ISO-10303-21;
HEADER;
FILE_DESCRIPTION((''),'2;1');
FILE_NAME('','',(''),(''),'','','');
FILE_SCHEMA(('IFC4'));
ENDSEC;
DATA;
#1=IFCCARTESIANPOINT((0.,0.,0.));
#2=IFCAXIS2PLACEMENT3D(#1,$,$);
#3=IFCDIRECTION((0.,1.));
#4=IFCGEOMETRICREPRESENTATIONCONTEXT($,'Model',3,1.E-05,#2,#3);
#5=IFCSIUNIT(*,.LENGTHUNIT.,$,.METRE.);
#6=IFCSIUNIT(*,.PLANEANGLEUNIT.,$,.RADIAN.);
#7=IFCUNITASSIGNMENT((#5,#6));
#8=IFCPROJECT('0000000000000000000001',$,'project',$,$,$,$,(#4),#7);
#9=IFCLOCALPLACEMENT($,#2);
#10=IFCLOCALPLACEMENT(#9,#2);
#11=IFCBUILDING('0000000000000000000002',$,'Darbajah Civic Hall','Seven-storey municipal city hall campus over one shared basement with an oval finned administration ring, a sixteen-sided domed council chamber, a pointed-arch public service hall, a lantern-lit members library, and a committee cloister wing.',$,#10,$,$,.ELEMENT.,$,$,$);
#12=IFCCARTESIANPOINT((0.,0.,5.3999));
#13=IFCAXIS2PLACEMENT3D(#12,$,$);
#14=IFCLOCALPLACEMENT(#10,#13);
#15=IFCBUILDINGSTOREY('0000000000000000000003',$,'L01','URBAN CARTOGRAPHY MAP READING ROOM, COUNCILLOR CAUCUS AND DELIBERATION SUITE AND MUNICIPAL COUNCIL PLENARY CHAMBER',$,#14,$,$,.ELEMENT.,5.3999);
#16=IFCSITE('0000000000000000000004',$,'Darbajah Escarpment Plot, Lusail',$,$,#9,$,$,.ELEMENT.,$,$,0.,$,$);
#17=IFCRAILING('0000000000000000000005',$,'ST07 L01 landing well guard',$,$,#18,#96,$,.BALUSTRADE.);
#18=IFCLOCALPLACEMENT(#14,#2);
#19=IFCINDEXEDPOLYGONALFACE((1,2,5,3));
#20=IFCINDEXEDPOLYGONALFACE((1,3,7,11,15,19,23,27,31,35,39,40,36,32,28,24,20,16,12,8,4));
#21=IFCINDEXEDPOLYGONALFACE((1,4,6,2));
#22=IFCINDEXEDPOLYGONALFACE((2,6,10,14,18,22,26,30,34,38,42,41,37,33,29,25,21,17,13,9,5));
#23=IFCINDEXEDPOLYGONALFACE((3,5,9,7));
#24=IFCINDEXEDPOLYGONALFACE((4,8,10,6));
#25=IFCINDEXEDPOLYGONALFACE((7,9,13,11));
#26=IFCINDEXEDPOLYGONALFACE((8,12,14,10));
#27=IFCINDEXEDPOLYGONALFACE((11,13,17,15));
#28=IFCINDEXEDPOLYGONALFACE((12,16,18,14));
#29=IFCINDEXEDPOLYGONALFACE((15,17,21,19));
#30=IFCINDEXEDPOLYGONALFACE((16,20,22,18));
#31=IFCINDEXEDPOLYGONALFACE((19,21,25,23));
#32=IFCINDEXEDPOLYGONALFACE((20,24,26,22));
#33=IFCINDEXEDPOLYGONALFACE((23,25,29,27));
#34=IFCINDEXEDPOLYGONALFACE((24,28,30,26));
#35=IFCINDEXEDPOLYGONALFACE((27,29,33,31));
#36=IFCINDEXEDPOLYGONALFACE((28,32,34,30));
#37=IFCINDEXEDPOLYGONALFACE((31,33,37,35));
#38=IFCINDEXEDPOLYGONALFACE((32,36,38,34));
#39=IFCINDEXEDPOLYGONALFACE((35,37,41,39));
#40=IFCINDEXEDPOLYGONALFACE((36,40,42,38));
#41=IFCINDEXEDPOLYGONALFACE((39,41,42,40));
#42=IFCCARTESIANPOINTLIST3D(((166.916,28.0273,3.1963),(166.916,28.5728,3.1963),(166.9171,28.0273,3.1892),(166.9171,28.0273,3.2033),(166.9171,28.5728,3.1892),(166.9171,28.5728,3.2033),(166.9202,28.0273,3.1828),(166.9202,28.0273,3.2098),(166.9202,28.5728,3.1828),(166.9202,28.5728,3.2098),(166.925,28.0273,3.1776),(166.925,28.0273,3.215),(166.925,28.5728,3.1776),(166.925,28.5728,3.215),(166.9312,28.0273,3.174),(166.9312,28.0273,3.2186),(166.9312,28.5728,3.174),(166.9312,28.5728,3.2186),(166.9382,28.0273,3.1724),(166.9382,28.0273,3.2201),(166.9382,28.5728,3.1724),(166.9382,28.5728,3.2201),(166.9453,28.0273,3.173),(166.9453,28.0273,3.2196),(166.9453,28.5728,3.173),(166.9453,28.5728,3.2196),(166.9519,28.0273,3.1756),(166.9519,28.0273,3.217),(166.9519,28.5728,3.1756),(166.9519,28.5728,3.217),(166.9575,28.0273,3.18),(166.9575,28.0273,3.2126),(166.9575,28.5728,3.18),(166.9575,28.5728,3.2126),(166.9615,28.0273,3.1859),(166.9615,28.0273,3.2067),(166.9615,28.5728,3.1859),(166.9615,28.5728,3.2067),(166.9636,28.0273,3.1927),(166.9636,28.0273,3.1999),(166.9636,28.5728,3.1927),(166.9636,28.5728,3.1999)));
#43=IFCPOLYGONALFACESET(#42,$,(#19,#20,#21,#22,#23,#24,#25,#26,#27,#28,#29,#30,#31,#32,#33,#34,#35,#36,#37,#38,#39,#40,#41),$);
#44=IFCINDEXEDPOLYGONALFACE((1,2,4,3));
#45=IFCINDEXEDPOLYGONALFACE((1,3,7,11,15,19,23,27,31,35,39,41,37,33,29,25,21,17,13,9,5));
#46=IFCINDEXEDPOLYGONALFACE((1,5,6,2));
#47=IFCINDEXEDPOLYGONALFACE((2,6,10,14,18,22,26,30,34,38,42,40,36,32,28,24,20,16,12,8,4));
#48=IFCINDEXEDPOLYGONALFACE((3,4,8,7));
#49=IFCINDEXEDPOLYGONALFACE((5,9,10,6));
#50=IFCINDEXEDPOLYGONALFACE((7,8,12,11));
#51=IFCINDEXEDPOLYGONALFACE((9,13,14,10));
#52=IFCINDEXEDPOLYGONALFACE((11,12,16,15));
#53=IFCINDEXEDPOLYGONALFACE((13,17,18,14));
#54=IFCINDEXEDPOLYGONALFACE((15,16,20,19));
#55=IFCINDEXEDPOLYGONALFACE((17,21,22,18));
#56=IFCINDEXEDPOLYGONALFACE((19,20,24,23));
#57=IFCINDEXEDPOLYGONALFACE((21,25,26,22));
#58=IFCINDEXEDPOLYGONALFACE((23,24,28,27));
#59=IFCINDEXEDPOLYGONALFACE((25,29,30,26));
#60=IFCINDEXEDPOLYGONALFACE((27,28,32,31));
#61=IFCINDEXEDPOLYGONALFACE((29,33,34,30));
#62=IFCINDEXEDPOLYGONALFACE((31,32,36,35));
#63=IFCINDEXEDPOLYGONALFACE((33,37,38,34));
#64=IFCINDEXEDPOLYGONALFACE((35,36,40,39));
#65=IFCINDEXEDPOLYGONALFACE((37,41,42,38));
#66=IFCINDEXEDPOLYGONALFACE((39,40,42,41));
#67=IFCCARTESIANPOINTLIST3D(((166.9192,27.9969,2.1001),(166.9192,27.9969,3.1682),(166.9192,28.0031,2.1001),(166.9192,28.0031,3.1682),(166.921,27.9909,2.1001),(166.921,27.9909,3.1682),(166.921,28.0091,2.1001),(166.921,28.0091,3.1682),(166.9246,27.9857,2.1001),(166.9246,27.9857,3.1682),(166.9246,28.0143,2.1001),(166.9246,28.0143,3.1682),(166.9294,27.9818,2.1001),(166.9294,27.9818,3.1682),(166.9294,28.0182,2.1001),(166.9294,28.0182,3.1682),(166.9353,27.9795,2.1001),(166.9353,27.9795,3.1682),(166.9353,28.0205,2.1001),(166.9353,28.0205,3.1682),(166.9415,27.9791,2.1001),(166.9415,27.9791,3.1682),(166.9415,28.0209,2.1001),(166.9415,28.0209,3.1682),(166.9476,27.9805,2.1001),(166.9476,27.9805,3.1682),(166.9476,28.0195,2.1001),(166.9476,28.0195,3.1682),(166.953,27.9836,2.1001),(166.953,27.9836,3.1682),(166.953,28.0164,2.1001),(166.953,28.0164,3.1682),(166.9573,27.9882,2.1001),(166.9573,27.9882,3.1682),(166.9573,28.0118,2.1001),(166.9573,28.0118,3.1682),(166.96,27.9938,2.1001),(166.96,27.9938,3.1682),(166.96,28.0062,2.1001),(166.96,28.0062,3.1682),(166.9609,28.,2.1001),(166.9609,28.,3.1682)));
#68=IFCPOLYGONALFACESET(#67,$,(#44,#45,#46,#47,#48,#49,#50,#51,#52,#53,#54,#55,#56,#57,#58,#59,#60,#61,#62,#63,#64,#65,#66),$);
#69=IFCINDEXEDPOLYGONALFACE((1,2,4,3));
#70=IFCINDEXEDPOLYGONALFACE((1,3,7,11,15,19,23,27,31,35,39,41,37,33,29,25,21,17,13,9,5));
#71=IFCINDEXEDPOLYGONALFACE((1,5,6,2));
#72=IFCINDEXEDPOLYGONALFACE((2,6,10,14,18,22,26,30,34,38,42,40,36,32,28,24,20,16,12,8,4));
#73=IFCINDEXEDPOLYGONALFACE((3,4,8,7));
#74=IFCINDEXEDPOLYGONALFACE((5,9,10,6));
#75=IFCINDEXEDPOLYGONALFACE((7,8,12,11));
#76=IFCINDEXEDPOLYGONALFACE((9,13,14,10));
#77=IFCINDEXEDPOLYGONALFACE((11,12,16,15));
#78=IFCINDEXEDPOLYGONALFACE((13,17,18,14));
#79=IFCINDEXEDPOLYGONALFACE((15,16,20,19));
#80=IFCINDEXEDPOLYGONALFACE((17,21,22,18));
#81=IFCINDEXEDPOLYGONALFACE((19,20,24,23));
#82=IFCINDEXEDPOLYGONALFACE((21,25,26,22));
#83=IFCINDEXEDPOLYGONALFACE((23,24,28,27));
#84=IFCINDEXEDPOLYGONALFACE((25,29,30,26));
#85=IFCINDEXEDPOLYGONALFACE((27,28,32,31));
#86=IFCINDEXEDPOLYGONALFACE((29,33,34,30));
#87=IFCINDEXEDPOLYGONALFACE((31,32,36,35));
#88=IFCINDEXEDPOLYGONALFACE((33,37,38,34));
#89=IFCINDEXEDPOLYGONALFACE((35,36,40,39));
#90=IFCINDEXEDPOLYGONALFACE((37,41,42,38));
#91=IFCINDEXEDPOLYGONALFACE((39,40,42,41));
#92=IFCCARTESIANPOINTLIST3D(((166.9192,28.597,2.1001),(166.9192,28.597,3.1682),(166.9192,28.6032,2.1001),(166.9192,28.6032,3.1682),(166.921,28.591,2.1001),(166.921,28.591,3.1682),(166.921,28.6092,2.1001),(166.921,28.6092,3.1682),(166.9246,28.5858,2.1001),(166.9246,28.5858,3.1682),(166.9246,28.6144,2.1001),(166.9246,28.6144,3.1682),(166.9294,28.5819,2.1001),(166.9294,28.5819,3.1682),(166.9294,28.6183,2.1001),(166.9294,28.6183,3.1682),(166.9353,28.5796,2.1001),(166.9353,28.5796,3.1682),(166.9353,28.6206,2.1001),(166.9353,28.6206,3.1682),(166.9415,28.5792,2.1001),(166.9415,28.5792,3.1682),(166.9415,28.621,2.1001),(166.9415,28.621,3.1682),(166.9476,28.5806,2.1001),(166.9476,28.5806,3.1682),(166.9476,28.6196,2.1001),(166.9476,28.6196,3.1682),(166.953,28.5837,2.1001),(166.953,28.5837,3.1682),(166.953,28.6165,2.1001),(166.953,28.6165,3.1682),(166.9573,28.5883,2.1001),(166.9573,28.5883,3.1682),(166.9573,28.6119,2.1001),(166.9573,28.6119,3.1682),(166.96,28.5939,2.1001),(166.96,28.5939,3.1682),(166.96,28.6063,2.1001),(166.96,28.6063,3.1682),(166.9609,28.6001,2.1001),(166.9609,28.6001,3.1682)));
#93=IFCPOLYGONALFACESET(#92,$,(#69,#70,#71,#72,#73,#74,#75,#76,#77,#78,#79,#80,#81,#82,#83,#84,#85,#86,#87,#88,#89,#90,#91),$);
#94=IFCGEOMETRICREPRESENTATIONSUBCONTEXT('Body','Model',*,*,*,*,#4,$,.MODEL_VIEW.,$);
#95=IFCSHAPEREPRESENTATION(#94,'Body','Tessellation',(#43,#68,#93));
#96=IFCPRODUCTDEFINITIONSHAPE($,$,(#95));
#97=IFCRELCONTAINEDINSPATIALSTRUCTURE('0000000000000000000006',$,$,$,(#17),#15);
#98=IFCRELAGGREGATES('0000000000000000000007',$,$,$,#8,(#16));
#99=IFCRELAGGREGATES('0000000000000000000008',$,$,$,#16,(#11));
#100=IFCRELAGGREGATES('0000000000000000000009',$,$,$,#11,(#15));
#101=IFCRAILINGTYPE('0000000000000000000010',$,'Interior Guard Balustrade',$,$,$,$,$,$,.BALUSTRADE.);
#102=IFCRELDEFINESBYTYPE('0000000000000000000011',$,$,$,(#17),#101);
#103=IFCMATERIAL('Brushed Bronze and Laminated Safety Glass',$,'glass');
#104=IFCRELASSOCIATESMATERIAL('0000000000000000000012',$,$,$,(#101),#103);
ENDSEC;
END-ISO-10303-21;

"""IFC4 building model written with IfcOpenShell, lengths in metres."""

from ifc_helpers import new_model, si_unit, direction, frame, origin, origin_2d, place, context, subcontext, project, spatial, circle, extrude, material, type_object, element, save


model = new_model("IFC4")

# Units and contexts
model_context = context("Model", 3, precision=1e-05, world=origin(), true_north=direction((0.0, 1.0)))
body_context = subcontext(model_context, "Body", "Model", "MODEL_VIEW")
ifc_project = project(units=[si_unit("LENGTHUNIT", "METRE"), si_unit("PLANEANGLEUNIT", "RADIAN")], contexts=[model_context])

# Site, building, storey
site_placement = place(None, origin())
site = spatial("IfcSite", under=ifc_project, at=site_placement, Name="Darbajah Escarpment Plot, Lusail", CompositionType="ELEMENT", RefElevation=0.0)
building_placement = place(site_placement, origin())
building = spatial("IfcBuilding", under=site, at=building_placement, Name="Darbajah Civic Hall", Description="Seven-storey municipal city hall campus over one shared basement with an oval finned administration ring, a sixteen-sided domed council chamber, a pointed-arch public service hall, a lantern-lit members library, and a committee cloister wing.", CompositionType="ELEMENT")
storey_placement = place(building_placement, frame((0.0, 0.0, 5.3999)))
storey = spatial("IfcBuildingStorey", under=building, at=storey_placement, Name="L01", Description="URBAN CARTOGRAPHY MAP READING ROOM, COUNCILLOR CAUCUS AND DELIBERATION SUITE AND MUNICIPAL COUNCIL PLENARY CHAMBER", CompositionType="ELEMENT", Elevation=5.3999)

# Railing
ifc_material_1 = material(Name="Brushed Bronze and Laminated Safety Glass", Category="glass")
railing_type_1 = type_object("IfcRailingType", Name="Interior Guard Balustrade", PredefinedType="BALUSTRADE", material=ifc_material_1)
railing_1_placement = place(storey_placement, frame((166.9399, 28.0, 2.1001)))
element("IfcRailing", 1, at=railing_1_placement, inside=storey, type_object=railing_type_1, Name="ST07 L01 landing well guard", PredefinedType="BALUSTRADE", context=body_context, shape_type="SweptSolid", body=[
    extrude(circle(Radius=0.0239, at=origin_2d()), frame((0.0, 0.0273, 1.0962), z_axis=(0.0, 1.0, 0.0), x_axis=(-1.0, 0.0, 0.0)), (0.0, 0.0, 1.0), 0.5454),
    extrude(circle(Radius=0.021, at=origin_2d()), origin(), (0.0, 0.0, 1.0), 1.0681),
    extrude(circle(Radius=0.021, at=origin_2d()), frame((0.0, 0.6001, 0.0)), (0.0, 0.0, 1.0), 1.0681),
])

save(model, "model.ifc")
